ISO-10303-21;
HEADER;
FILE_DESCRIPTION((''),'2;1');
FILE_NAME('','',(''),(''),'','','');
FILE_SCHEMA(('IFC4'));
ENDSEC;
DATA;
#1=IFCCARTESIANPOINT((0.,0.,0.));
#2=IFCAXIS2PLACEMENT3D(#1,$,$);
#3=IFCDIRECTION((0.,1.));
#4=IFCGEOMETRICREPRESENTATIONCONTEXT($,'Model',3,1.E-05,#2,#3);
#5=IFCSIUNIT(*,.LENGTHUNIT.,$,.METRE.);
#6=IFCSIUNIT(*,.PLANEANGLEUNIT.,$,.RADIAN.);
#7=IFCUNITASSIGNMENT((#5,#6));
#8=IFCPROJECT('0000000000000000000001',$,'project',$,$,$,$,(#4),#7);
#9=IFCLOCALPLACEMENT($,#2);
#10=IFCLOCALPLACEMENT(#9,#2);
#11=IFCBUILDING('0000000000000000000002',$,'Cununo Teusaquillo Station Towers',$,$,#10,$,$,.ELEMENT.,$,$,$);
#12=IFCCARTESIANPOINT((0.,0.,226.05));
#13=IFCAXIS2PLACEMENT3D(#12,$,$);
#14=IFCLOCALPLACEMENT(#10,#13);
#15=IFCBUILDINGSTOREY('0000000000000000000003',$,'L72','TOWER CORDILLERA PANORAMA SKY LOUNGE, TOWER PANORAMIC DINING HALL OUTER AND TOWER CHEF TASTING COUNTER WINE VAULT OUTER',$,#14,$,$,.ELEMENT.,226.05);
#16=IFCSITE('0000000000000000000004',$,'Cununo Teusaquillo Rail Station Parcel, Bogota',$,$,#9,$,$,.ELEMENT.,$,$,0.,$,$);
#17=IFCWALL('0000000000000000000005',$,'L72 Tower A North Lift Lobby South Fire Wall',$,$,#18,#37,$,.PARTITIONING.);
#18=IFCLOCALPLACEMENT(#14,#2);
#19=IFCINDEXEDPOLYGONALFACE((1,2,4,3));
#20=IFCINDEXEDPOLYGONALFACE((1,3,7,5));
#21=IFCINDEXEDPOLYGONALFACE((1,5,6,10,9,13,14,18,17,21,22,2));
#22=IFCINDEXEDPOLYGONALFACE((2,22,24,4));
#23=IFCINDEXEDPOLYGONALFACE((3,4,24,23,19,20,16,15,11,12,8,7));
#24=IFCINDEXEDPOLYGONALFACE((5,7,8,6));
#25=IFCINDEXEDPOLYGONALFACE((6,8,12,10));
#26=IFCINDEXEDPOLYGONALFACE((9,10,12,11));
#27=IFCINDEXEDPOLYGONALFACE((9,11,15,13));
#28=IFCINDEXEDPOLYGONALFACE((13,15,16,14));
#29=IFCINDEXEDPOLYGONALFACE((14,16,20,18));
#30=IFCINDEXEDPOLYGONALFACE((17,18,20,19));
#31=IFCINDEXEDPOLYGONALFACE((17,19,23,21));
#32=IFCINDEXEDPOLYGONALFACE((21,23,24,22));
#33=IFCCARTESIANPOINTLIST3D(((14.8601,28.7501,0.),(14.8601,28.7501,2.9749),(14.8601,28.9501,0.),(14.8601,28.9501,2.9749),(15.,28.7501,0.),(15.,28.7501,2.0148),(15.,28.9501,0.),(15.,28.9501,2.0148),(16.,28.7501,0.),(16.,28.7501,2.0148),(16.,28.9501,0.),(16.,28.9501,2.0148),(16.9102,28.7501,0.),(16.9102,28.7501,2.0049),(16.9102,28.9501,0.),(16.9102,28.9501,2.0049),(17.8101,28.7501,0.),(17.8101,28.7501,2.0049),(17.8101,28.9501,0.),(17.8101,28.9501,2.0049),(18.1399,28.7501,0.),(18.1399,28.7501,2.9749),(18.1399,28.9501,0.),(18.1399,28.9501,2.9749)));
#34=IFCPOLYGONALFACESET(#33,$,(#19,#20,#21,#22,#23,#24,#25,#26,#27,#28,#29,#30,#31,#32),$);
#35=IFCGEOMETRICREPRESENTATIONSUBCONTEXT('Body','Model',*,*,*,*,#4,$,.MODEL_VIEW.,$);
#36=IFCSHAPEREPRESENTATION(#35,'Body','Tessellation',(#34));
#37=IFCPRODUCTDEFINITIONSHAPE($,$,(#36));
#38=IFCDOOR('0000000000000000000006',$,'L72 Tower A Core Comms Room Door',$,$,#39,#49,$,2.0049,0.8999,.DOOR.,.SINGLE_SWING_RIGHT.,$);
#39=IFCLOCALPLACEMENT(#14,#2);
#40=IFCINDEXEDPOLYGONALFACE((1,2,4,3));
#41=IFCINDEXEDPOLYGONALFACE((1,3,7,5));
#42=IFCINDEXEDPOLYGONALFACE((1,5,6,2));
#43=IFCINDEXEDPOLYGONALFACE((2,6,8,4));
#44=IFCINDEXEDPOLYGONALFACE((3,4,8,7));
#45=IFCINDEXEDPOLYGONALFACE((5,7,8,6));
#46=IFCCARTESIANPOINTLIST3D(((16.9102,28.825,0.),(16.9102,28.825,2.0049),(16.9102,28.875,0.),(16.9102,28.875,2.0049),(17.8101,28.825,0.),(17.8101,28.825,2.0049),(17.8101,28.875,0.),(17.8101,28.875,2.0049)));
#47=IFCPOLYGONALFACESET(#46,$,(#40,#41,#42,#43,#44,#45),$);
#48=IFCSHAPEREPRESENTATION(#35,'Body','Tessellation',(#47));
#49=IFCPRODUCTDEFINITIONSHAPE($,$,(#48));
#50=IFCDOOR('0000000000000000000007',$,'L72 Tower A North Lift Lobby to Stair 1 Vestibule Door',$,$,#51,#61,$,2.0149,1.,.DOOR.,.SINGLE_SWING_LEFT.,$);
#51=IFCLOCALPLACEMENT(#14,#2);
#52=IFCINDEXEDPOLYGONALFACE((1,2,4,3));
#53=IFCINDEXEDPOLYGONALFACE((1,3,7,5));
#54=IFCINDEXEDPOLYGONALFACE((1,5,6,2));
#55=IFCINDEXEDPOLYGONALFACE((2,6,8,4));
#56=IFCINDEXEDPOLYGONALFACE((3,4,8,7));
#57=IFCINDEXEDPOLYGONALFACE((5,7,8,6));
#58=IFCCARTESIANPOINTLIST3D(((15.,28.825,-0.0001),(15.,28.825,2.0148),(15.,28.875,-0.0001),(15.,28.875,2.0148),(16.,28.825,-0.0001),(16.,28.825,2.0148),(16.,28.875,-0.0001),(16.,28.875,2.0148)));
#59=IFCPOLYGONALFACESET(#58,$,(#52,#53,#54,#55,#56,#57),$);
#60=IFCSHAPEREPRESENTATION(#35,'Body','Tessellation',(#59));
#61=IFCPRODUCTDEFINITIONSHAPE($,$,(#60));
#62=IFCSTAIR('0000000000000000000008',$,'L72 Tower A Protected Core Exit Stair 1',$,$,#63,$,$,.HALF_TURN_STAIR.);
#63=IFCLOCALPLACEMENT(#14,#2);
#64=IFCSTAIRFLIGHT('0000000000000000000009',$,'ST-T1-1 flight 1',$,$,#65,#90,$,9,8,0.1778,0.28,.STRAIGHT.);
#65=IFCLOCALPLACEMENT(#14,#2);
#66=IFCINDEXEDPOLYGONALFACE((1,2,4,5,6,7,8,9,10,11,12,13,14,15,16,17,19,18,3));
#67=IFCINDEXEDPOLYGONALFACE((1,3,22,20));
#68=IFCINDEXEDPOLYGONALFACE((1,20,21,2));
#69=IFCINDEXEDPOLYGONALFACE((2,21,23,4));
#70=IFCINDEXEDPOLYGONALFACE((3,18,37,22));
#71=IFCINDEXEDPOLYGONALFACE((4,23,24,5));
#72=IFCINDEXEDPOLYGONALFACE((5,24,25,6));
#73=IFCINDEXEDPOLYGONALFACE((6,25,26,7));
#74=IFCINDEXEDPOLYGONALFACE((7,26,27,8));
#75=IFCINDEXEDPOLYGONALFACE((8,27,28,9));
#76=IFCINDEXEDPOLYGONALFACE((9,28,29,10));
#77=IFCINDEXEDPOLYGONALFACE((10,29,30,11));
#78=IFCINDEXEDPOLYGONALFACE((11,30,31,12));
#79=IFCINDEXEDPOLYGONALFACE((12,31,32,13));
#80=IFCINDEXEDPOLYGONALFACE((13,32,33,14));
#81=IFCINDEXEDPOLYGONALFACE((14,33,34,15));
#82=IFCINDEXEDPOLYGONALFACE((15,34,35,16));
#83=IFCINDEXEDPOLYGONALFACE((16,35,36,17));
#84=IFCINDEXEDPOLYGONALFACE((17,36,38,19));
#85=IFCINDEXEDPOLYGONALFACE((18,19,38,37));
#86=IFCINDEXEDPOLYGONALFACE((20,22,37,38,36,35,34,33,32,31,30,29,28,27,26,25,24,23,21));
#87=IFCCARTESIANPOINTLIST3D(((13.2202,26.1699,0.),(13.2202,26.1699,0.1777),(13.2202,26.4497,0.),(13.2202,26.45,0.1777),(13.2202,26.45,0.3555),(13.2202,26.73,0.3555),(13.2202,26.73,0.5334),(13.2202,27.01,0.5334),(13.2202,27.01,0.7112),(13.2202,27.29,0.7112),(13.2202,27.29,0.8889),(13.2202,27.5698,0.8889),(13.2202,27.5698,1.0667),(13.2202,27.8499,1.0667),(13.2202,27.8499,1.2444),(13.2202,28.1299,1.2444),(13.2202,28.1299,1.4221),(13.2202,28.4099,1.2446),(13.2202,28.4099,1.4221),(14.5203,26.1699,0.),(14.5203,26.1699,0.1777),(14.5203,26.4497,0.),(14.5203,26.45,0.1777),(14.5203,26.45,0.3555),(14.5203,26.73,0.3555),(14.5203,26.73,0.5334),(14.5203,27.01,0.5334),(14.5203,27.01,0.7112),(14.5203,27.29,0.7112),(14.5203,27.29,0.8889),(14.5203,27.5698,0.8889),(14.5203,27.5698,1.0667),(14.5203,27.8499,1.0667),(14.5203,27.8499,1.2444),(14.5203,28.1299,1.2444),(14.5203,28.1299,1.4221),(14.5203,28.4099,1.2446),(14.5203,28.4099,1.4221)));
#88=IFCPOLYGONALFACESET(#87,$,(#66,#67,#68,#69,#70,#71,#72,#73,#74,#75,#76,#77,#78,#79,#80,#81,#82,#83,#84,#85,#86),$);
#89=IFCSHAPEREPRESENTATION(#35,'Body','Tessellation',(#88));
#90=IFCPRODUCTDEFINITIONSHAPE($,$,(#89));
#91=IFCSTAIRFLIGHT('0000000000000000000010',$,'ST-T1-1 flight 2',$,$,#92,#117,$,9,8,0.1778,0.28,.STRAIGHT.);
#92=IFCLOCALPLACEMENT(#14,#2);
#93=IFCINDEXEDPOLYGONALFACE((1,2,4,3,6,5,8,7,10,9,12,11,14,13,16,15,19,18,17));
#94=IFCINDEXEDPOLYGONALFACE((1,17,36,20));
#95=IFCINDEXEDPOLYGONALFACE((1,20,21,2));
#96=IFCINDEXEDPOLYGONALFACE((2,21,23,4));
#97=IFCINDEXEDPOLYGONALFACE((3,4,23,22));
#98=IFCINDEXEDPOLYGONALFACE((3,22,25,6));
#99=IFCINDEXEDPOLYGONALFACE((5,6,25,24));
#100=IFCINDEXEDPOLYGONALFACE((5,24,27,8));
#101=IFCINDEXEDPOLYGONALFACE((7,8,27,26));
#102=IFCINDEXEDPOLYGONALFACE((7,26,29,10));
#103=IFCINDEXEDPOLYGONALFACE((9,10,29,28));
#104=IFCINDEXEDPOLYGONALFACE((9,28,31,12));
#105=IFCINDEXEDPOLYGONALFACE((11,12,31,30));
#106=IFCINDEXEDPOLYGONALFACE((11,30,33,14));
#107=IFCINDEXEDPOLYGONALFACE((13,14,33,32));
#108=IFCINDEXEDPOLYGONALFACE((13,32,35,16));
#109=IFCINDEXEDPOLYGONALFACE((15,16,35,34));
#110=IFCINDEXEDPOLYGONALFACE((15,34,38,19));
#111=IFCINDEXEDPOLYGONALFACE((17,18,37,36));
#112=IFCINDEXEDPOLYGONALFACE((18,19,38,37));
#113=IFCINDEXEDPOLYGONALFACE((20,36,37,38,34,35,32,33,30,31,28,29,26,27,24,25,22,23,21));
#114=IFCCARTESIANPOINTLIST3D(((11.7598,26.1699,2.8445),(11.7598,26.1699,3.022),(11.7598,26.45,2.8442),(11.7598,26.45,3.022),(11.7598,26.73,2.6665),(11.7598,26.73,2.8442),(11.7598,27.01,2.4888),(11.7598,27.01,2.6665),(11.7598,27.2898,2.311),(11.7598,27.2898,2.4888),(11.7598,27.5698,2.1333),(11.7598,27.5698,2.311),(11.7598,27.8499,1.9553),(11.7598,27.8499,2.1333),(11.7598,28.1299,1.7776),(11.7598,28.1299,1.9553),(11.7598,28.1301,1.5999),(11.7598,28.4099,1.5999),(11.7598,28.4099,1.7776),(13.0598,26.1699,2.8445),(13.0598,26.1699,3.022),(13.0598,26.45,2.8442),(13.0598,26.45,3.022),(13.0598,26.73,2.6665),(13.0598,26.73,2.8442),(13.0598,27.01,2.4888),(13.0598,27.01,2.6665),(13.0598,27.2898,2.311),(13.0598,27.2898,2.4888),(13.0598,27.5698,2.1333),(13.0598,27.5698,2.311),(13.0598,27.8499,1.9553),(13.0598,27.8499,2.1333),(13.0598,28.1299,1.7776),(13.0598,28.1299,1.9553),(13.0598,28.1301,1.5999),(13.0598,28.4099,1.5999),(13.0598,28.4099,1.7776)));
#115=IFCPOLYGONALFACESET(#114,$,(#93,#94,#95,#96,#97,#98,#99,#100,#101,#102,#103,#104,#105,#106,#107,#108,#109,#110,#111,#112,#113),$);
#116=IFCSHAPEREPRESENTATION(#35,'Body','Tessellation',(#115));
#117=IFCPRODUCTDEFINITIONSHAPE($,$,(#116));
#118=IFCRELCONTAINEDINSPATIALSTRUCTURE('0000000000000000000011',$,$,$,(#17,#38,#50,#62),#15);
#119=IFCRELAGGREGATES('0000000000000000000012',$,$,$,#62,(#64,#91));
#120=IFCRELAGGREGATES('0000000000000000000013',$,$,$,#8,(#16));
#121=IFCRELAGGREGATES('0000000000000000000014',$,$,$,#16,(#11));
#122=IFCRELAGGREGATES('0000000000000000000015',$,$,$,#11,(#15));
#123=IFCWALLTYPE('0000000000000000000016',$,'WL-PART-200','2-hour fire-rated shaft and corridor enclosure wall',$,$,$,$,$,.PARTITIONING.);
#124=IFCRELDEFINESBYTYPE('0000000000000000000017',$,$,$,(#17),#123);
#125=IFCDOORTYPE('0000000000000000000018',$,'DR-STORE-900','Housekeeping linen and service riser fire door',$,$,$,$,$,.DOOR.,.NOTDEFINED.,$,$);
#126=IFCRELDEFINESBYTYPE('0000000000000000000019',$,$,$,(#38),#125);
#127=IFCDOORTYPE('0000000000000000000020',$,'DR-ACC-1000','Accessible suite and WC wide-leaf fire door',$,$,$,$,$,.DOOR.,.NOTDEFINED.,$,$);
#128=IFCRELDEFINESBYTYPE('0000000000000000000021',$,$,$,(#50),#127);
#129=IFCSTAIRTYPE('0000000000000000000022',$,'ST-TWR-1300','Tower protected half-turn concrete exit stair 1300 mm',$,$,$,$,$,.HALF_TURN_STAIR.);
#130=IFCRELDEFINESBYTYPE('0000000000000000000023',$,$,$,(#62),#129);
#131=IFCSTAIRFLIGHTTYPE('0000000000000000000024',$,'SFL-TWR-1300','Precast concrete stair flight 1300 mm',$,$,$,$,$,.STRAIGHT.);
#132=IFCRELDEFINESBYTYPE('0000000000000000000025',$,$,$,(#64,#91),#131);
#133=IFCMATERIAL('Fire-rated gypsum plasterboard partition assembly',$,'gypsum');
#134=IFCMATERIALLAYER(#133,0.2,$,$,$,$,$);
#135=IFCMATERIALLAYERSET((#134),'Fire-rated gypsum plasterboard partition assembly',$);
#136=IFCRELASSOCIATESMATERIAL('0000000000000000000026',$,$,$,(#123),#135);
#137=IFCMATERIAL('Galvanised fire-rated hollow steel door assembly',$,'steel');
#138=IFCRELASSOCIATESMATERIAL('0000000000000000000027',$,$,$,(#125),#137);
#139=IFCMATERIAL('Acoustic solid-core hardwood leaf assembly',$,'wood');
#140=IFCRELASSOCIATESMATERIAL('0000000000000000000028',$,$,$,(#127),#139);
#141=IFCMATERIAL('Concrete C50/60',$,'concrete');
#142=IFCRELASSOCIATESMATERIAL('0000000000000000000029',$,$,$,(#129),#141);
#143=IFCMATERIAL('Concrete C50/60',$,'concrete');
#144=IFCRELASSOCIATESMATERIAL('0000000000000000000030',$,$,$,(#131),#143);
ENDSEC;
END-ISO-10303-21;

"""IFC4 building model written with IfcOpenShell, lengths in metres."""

from ifc_helpers import new_model, si_unit, direction, frame, frame_2d, origin, place, context, subcontext, project, spatial, polyline, rectangle, outline, extrude, source, transform, mapped, material, layer, layer_set, type_object, element, fill, aggregate, save


model = new_model("IFC4")

# Units and contexts
model_context = context("Model", 3, precision=1e-05, world=origin(), true_north=direction((0.0, 1.0)))
body_context = subcontext(model_context, "Body", "Model", "MODEL_VIEW")
ifc_project = project(units=[si_unit("LENGTHUNIT", "METRE"), si_unit("PLANEANGLEUNIT", "RADIAN")], contexts=[model_context])

# Site, building, storey
site_placement = place(None, origin())
site = spatial("IfcSite", under=ifc_project, at=site_placement, Name="Cununo Teusaquillo Rail Station Parcel, Bogota", CompositionType="ELEMENT", RefElevation=0.0)
building_placement = place(site_placement, origin())
building = spatial("IfcBuilding", under=site, at=building_placement, Name="Cununo Teusaquillo Station Towers", CompositionType="ELEMENT")
storey_placement = place(building_placement, frame((0.0, 0.0, 226.05)))
storey = spatial("IfcBuildingStorey", under=building, at=storey_placement, Name="L72", Description="TOWER CORDILLERA PANORAMA SKY LOUNGE, TOWER PANORAMIC DINING HALL OUTER AND TOWER CHEF TASTING COUNTER WINE VAULT OUTER", CompositionType="ELEMENT", Elevation=226.05)

# Shared definitions
shared_shape_1 = source(origin(), body_context, "Body", "SweptSolid", [
    extrude(rectangle(XDim=0.8999, YDim=2.0049, at=frame_2d((0.45, 1.0024))), frame((0.0, 0.0249, 0.0), z_axis=(0.0, -1.0, 0.0), x_axis=(1.0, 0.0, 0.0)), (0.0, 0.0, 1.0), 0.05),
])

# Shared definitions
ifc_material_1 = material(Name="Fire-rated gypsum plasterboard partition assembly", Category="gypsum")
ifc_layer_1 = layer(ifc_material_1, 0.2)
ifc_layer_set_1 = layer_set([ifc_layer_1], Name="Fire-rated gypsum plasterboard partition assembly")
wall_type_1 = type_object("IfcWallType", Name="WL-PART-200", Description="2-hour fire-rated shaft and corridor enclosure wall", PredefinedType="PARTITIONING", material=ifc_layer_set_1)
shared_shape_2 = source(origin(), body_context, "Body", "SweptSolid", [
    extrude(rectangle(XDim=0.8999, YDim=2.0049, at=frame_2d((0.45, 1.0024))), frame((0.0, 0.1099, 0.0), z_axis=(0.0, -1.0, 0.0), x_axis=(1.0, 0.0, 0.0)), (0.0, 0.0, 1.0), 0.22),
])
ifc_material_2 = material(Name="Galvanised fire-rated hollow steel door assembly", Category="steel")
door_type_1 = type_object("IfcDoorType", Name="DR-STORE-900", Description="Housekeeping linen and service riser fire door", OperationType="NOTDEFINED", PredefinedType="DOOR", material=ifc_material_2)

# Wall, openings, doors
wall_1_placement = place(storey_placement, frame((14.8601, 28.8501, 0.0), z_axis=(0.0, 0.0, 1.0), x_axis=(1.0, 0.0, 0.0)))
wall_1 = element("IfcWall", 1, at=wall_1_placement, inside=storey, type_object=wall_type_1, Name="L72 Tower A North Lift Lobby South Fire Wall", PredefinedType="PARTITIONING", context=body_context, shape_type="SweptSolid", body=[
    extrude(rectangle(XDim=3.2798, YDim=0.2, at=frame_2d((1.6399, 0.0))), origin(), (0.0, 0.0, 1.0), 2.9749),
])
shared_shape_3 = source(origin(), body_context, "Body", "SweptSolid", [
    extrude(rectangle(XDim=1.0, YDim=2.0149, at=frame_2d((0.5, 1.0073))), frame((0.0, 0.1099, 0.0), z_axis=(0.0, -1.0, 0.0), x_axis=(1.0, 0.0, 0.0)), (0.0, 0.0, 1.0), 0.22),
])
opening_1_placement = place(wall_1_placement, frame((0.1399, 0.0, 0.0)))
opening_1 = element("IfcOpeningElement", 2, at=opening_1_placement, cuts=wall_1, PredefinedType="OPENING", context=body_context, shape_type="MappedRepresentation", body=[
    mapped(shared_shape_3, transform((0.0, 0.0, 0.0), x_axis=(1.0, 0.0, 0.0), y_axis=(0.0, 1.0, 0.0), z_axis=(0.0, 0.0, 1.0), scale=1.0)),
])
opening_2_placement = place(wall_1_placement, frame((2.05, 0.0, 0.0)))
opening_2 = element("IfcOpeningElement", 3, at=opening_2_placement, cuts=wall_1, PredefinedType="OPENING", context=body_context, shape_type="MappedRepresentation", body=[
    mapped(shared_shape_2, transform((0.0, 0.0, 0.0), x_axis=(1.0, 0.0, 0.0), y_axis=(0.0, 1.0, 0.0), z_axis=(0.0, 0.0, 1.0), scale=1.0)),
])
door_1_placement = place(opening_2_placement, origin())
door_1 = element("IfcDoor", 4, at=door_1_placement, inside=storey, type_object=door_type_1, Name="L72 Tower A Core Comms Room Door", OperationType="SINGLE_SWING_RIGHT", OverallHeight=2.0049, OverallWidth=0.8999, PredefinedType="DOOR", context=body_context, shape_type="MappedRepresentation", body=[
    mapped(shared_shape_1, transform((0.0, 0.0, 0.0), x_axis=(1.0, 0.0, 0.0), y_axis=(0.0, 1.0, 0.0), z_axis=(0.0, 0.0, 1.0), scale=1.0)),
])
fill(opening_2, door_1)
ifc_material_3 = material(Name="Acoustic solid-core hardwood leaf assembly", Category="wood")
door_type_2 = type_object("IfcDoorType", Name="DR-ACC-1000", Description="Accessible suite and WC wide-leaf fire door", OperationType="NOTDEFINED", PredefinedType="DOOR", material=ifc_material_3)
shared_shape_4 = source(origin(), body_context, "Body", "SweptSolid", [
    extrude(rectangle(XDim=1.0, YDim=2.0149, at=frame_2d((0.5, 1.0073))), frame((0.0, 0.0249, 0.0), z_axis=(0.0, -1.0, 0.0), x_axis=(1.0, 0.0, 0.0)), (0.0, 0.0, 1.0), 0.05),
])
door_2_placement = place(opening_1_placement, origin())
door_2 = element("IfcDoor", 5, at=door_2_placement, inside=storey, type_object=door_type_2, Name="L72 Tower A North Lift Lobby to Stair 1 Vestibule Door", OperationType="SINGLE_SWING_LEFT", OverallHeight=2.0149, OverallWidth=1.0, PredefinedType="DOOR", context=body_context, shape_type="MappedRepresentation", body=[
    mapped(shared_shape_4, transform((0.0, 0.0, 0.0), x_axis=(1.0, 0.0, 0.0), y_axis=(0.0, 1.0, 0.0), z_axis=(0.0, 0.0, 1.0), scale=1.0)),
])
fill(opening_1, door_2)

# Stair, stair flights
ifc_material_4 = material(Name="Concrete C50/60", Category="concrete")
stair_type = type_object("IfcStairType", Name="ST-TWR-1300", Description="Tower protected half-turn concrete exit stair 1300 mm", PredefinedType="HALF_TURN_STAIR", material=ifc_material_4)
stair_placement = place(storey_placement, origin())
stair = element("IfcStair", 6, at=stair_placement, inside=storey, type_object=stair_type, Name="L72 Tower A Protected Core Exit Stair 1", PredefinedType="HALF_TURN_STAIR")
ifc_material_5 = material(Name="Concrete C50/60", Category="concrete")
stair_flight_type = type_object("IfcStairFlightType", Name="SFL-TWR-1300", Description="Precast concrete stair flight 1300 mm", PredefinedType="STRAIGHT", material=ifc_material_5)
stair_flight_1_placement = place(storey_placement, frame((13.8701, 26.1699, 0.0), z_axis=(0.0, 0.0, 1.0), x_axis=(0.0, 1.0, 0.0)))
stair_flight_1 = element("IfcStairFlight", 7, at=stair_flight_1_placement, type_object=stair_flight_type, Name="ST-T1-1 flight 1", NumberOfRisers=9, NumberOfTreads=8, PredefinedType="STRAIGHT", RiserHeight=0.1778, TreadLength=0.28, context=body_context, shape_type="SweptSolid", body=[
    extrude(outline(polyline([(0.0, 0.0), (0.0, 0.1777), (0.28, 0.1777), (0.28, 0.3555), (0.5601, 0.3555), (0.5601, 0.5334), (0.8401, 0.5334), (0.8401, 0.7112), (1.1201, 0.7112), (1.1201, 0.8889), (1.3999, 0.8889), (1.3999, 1.0667), (1.6799, 1.0667), (1.6799, 1.2444), (1.96, 1.2444), (1.96, 1.4221), (2.24, 1.4221), (2.24, 1.6001), (2.24, 1.2446), (0.2798, 0.0), (0.0, 0.0)])), frame((0.0, 0.6499, 0.0), z_axis=(0.0, -1.0, 0.0), x_axis=(1.0, 0.0, 0.0)), (0.0, 0.0, 1.0), 1.3),
])
stair_flight_2_placement = place(storey_placement, frame((12.4099, 28.4099, 1.5999), z_axis=(0.0, 0.0, 1.0), x_axis=(0.0, -1.0, 0.0)))
stair_flight_2 = element("IfcStairFlight", 8, at=stair_flight_2_placement, type_object=stair_flight_type, Name="ST-T1-1 flight 2", NumberOfRisers=9, NumberOfTreads=8, PredefinedType="STRAIGHT", RiserHeight=0.1778, TreadLength=0.28, context=body_context, shape_type="SweptSolid", body=[
    extrude(outline(polyline([(0.0, 0.0), (0.0, 0.1777), (0.28, 0.1777), (0.28, 0.3555), (0.5601, 0.3555), (0.5601, 0.5334), (0.8401, 0.5334), (0.8401, 0.7112), (1.1201, 0.7112), (1.1201, 0.8889), (1.3999, 0.8889), (1.3999, 1.0667), (1.6799, 1.0667), (1.6799, 1.2444), (1.96, 1.2444), (1.96, 1.4221), (2.24, 1.4221), (2.24, 1.6001), (2.24, 1.2446), (0.2798, 0.0), (0.0, 0.0)])), frame((0.0, 0.6499, 0.0), z_axis=(0.0, -1.0, 0.0), x_axis=(1.0, 0.0, 0.0)), (0.0, 0.0, 1.0), 1.3),
])
aggregate(stair, [stair_flight_1, stair_flight_2])

save(model, "model.ifc")
